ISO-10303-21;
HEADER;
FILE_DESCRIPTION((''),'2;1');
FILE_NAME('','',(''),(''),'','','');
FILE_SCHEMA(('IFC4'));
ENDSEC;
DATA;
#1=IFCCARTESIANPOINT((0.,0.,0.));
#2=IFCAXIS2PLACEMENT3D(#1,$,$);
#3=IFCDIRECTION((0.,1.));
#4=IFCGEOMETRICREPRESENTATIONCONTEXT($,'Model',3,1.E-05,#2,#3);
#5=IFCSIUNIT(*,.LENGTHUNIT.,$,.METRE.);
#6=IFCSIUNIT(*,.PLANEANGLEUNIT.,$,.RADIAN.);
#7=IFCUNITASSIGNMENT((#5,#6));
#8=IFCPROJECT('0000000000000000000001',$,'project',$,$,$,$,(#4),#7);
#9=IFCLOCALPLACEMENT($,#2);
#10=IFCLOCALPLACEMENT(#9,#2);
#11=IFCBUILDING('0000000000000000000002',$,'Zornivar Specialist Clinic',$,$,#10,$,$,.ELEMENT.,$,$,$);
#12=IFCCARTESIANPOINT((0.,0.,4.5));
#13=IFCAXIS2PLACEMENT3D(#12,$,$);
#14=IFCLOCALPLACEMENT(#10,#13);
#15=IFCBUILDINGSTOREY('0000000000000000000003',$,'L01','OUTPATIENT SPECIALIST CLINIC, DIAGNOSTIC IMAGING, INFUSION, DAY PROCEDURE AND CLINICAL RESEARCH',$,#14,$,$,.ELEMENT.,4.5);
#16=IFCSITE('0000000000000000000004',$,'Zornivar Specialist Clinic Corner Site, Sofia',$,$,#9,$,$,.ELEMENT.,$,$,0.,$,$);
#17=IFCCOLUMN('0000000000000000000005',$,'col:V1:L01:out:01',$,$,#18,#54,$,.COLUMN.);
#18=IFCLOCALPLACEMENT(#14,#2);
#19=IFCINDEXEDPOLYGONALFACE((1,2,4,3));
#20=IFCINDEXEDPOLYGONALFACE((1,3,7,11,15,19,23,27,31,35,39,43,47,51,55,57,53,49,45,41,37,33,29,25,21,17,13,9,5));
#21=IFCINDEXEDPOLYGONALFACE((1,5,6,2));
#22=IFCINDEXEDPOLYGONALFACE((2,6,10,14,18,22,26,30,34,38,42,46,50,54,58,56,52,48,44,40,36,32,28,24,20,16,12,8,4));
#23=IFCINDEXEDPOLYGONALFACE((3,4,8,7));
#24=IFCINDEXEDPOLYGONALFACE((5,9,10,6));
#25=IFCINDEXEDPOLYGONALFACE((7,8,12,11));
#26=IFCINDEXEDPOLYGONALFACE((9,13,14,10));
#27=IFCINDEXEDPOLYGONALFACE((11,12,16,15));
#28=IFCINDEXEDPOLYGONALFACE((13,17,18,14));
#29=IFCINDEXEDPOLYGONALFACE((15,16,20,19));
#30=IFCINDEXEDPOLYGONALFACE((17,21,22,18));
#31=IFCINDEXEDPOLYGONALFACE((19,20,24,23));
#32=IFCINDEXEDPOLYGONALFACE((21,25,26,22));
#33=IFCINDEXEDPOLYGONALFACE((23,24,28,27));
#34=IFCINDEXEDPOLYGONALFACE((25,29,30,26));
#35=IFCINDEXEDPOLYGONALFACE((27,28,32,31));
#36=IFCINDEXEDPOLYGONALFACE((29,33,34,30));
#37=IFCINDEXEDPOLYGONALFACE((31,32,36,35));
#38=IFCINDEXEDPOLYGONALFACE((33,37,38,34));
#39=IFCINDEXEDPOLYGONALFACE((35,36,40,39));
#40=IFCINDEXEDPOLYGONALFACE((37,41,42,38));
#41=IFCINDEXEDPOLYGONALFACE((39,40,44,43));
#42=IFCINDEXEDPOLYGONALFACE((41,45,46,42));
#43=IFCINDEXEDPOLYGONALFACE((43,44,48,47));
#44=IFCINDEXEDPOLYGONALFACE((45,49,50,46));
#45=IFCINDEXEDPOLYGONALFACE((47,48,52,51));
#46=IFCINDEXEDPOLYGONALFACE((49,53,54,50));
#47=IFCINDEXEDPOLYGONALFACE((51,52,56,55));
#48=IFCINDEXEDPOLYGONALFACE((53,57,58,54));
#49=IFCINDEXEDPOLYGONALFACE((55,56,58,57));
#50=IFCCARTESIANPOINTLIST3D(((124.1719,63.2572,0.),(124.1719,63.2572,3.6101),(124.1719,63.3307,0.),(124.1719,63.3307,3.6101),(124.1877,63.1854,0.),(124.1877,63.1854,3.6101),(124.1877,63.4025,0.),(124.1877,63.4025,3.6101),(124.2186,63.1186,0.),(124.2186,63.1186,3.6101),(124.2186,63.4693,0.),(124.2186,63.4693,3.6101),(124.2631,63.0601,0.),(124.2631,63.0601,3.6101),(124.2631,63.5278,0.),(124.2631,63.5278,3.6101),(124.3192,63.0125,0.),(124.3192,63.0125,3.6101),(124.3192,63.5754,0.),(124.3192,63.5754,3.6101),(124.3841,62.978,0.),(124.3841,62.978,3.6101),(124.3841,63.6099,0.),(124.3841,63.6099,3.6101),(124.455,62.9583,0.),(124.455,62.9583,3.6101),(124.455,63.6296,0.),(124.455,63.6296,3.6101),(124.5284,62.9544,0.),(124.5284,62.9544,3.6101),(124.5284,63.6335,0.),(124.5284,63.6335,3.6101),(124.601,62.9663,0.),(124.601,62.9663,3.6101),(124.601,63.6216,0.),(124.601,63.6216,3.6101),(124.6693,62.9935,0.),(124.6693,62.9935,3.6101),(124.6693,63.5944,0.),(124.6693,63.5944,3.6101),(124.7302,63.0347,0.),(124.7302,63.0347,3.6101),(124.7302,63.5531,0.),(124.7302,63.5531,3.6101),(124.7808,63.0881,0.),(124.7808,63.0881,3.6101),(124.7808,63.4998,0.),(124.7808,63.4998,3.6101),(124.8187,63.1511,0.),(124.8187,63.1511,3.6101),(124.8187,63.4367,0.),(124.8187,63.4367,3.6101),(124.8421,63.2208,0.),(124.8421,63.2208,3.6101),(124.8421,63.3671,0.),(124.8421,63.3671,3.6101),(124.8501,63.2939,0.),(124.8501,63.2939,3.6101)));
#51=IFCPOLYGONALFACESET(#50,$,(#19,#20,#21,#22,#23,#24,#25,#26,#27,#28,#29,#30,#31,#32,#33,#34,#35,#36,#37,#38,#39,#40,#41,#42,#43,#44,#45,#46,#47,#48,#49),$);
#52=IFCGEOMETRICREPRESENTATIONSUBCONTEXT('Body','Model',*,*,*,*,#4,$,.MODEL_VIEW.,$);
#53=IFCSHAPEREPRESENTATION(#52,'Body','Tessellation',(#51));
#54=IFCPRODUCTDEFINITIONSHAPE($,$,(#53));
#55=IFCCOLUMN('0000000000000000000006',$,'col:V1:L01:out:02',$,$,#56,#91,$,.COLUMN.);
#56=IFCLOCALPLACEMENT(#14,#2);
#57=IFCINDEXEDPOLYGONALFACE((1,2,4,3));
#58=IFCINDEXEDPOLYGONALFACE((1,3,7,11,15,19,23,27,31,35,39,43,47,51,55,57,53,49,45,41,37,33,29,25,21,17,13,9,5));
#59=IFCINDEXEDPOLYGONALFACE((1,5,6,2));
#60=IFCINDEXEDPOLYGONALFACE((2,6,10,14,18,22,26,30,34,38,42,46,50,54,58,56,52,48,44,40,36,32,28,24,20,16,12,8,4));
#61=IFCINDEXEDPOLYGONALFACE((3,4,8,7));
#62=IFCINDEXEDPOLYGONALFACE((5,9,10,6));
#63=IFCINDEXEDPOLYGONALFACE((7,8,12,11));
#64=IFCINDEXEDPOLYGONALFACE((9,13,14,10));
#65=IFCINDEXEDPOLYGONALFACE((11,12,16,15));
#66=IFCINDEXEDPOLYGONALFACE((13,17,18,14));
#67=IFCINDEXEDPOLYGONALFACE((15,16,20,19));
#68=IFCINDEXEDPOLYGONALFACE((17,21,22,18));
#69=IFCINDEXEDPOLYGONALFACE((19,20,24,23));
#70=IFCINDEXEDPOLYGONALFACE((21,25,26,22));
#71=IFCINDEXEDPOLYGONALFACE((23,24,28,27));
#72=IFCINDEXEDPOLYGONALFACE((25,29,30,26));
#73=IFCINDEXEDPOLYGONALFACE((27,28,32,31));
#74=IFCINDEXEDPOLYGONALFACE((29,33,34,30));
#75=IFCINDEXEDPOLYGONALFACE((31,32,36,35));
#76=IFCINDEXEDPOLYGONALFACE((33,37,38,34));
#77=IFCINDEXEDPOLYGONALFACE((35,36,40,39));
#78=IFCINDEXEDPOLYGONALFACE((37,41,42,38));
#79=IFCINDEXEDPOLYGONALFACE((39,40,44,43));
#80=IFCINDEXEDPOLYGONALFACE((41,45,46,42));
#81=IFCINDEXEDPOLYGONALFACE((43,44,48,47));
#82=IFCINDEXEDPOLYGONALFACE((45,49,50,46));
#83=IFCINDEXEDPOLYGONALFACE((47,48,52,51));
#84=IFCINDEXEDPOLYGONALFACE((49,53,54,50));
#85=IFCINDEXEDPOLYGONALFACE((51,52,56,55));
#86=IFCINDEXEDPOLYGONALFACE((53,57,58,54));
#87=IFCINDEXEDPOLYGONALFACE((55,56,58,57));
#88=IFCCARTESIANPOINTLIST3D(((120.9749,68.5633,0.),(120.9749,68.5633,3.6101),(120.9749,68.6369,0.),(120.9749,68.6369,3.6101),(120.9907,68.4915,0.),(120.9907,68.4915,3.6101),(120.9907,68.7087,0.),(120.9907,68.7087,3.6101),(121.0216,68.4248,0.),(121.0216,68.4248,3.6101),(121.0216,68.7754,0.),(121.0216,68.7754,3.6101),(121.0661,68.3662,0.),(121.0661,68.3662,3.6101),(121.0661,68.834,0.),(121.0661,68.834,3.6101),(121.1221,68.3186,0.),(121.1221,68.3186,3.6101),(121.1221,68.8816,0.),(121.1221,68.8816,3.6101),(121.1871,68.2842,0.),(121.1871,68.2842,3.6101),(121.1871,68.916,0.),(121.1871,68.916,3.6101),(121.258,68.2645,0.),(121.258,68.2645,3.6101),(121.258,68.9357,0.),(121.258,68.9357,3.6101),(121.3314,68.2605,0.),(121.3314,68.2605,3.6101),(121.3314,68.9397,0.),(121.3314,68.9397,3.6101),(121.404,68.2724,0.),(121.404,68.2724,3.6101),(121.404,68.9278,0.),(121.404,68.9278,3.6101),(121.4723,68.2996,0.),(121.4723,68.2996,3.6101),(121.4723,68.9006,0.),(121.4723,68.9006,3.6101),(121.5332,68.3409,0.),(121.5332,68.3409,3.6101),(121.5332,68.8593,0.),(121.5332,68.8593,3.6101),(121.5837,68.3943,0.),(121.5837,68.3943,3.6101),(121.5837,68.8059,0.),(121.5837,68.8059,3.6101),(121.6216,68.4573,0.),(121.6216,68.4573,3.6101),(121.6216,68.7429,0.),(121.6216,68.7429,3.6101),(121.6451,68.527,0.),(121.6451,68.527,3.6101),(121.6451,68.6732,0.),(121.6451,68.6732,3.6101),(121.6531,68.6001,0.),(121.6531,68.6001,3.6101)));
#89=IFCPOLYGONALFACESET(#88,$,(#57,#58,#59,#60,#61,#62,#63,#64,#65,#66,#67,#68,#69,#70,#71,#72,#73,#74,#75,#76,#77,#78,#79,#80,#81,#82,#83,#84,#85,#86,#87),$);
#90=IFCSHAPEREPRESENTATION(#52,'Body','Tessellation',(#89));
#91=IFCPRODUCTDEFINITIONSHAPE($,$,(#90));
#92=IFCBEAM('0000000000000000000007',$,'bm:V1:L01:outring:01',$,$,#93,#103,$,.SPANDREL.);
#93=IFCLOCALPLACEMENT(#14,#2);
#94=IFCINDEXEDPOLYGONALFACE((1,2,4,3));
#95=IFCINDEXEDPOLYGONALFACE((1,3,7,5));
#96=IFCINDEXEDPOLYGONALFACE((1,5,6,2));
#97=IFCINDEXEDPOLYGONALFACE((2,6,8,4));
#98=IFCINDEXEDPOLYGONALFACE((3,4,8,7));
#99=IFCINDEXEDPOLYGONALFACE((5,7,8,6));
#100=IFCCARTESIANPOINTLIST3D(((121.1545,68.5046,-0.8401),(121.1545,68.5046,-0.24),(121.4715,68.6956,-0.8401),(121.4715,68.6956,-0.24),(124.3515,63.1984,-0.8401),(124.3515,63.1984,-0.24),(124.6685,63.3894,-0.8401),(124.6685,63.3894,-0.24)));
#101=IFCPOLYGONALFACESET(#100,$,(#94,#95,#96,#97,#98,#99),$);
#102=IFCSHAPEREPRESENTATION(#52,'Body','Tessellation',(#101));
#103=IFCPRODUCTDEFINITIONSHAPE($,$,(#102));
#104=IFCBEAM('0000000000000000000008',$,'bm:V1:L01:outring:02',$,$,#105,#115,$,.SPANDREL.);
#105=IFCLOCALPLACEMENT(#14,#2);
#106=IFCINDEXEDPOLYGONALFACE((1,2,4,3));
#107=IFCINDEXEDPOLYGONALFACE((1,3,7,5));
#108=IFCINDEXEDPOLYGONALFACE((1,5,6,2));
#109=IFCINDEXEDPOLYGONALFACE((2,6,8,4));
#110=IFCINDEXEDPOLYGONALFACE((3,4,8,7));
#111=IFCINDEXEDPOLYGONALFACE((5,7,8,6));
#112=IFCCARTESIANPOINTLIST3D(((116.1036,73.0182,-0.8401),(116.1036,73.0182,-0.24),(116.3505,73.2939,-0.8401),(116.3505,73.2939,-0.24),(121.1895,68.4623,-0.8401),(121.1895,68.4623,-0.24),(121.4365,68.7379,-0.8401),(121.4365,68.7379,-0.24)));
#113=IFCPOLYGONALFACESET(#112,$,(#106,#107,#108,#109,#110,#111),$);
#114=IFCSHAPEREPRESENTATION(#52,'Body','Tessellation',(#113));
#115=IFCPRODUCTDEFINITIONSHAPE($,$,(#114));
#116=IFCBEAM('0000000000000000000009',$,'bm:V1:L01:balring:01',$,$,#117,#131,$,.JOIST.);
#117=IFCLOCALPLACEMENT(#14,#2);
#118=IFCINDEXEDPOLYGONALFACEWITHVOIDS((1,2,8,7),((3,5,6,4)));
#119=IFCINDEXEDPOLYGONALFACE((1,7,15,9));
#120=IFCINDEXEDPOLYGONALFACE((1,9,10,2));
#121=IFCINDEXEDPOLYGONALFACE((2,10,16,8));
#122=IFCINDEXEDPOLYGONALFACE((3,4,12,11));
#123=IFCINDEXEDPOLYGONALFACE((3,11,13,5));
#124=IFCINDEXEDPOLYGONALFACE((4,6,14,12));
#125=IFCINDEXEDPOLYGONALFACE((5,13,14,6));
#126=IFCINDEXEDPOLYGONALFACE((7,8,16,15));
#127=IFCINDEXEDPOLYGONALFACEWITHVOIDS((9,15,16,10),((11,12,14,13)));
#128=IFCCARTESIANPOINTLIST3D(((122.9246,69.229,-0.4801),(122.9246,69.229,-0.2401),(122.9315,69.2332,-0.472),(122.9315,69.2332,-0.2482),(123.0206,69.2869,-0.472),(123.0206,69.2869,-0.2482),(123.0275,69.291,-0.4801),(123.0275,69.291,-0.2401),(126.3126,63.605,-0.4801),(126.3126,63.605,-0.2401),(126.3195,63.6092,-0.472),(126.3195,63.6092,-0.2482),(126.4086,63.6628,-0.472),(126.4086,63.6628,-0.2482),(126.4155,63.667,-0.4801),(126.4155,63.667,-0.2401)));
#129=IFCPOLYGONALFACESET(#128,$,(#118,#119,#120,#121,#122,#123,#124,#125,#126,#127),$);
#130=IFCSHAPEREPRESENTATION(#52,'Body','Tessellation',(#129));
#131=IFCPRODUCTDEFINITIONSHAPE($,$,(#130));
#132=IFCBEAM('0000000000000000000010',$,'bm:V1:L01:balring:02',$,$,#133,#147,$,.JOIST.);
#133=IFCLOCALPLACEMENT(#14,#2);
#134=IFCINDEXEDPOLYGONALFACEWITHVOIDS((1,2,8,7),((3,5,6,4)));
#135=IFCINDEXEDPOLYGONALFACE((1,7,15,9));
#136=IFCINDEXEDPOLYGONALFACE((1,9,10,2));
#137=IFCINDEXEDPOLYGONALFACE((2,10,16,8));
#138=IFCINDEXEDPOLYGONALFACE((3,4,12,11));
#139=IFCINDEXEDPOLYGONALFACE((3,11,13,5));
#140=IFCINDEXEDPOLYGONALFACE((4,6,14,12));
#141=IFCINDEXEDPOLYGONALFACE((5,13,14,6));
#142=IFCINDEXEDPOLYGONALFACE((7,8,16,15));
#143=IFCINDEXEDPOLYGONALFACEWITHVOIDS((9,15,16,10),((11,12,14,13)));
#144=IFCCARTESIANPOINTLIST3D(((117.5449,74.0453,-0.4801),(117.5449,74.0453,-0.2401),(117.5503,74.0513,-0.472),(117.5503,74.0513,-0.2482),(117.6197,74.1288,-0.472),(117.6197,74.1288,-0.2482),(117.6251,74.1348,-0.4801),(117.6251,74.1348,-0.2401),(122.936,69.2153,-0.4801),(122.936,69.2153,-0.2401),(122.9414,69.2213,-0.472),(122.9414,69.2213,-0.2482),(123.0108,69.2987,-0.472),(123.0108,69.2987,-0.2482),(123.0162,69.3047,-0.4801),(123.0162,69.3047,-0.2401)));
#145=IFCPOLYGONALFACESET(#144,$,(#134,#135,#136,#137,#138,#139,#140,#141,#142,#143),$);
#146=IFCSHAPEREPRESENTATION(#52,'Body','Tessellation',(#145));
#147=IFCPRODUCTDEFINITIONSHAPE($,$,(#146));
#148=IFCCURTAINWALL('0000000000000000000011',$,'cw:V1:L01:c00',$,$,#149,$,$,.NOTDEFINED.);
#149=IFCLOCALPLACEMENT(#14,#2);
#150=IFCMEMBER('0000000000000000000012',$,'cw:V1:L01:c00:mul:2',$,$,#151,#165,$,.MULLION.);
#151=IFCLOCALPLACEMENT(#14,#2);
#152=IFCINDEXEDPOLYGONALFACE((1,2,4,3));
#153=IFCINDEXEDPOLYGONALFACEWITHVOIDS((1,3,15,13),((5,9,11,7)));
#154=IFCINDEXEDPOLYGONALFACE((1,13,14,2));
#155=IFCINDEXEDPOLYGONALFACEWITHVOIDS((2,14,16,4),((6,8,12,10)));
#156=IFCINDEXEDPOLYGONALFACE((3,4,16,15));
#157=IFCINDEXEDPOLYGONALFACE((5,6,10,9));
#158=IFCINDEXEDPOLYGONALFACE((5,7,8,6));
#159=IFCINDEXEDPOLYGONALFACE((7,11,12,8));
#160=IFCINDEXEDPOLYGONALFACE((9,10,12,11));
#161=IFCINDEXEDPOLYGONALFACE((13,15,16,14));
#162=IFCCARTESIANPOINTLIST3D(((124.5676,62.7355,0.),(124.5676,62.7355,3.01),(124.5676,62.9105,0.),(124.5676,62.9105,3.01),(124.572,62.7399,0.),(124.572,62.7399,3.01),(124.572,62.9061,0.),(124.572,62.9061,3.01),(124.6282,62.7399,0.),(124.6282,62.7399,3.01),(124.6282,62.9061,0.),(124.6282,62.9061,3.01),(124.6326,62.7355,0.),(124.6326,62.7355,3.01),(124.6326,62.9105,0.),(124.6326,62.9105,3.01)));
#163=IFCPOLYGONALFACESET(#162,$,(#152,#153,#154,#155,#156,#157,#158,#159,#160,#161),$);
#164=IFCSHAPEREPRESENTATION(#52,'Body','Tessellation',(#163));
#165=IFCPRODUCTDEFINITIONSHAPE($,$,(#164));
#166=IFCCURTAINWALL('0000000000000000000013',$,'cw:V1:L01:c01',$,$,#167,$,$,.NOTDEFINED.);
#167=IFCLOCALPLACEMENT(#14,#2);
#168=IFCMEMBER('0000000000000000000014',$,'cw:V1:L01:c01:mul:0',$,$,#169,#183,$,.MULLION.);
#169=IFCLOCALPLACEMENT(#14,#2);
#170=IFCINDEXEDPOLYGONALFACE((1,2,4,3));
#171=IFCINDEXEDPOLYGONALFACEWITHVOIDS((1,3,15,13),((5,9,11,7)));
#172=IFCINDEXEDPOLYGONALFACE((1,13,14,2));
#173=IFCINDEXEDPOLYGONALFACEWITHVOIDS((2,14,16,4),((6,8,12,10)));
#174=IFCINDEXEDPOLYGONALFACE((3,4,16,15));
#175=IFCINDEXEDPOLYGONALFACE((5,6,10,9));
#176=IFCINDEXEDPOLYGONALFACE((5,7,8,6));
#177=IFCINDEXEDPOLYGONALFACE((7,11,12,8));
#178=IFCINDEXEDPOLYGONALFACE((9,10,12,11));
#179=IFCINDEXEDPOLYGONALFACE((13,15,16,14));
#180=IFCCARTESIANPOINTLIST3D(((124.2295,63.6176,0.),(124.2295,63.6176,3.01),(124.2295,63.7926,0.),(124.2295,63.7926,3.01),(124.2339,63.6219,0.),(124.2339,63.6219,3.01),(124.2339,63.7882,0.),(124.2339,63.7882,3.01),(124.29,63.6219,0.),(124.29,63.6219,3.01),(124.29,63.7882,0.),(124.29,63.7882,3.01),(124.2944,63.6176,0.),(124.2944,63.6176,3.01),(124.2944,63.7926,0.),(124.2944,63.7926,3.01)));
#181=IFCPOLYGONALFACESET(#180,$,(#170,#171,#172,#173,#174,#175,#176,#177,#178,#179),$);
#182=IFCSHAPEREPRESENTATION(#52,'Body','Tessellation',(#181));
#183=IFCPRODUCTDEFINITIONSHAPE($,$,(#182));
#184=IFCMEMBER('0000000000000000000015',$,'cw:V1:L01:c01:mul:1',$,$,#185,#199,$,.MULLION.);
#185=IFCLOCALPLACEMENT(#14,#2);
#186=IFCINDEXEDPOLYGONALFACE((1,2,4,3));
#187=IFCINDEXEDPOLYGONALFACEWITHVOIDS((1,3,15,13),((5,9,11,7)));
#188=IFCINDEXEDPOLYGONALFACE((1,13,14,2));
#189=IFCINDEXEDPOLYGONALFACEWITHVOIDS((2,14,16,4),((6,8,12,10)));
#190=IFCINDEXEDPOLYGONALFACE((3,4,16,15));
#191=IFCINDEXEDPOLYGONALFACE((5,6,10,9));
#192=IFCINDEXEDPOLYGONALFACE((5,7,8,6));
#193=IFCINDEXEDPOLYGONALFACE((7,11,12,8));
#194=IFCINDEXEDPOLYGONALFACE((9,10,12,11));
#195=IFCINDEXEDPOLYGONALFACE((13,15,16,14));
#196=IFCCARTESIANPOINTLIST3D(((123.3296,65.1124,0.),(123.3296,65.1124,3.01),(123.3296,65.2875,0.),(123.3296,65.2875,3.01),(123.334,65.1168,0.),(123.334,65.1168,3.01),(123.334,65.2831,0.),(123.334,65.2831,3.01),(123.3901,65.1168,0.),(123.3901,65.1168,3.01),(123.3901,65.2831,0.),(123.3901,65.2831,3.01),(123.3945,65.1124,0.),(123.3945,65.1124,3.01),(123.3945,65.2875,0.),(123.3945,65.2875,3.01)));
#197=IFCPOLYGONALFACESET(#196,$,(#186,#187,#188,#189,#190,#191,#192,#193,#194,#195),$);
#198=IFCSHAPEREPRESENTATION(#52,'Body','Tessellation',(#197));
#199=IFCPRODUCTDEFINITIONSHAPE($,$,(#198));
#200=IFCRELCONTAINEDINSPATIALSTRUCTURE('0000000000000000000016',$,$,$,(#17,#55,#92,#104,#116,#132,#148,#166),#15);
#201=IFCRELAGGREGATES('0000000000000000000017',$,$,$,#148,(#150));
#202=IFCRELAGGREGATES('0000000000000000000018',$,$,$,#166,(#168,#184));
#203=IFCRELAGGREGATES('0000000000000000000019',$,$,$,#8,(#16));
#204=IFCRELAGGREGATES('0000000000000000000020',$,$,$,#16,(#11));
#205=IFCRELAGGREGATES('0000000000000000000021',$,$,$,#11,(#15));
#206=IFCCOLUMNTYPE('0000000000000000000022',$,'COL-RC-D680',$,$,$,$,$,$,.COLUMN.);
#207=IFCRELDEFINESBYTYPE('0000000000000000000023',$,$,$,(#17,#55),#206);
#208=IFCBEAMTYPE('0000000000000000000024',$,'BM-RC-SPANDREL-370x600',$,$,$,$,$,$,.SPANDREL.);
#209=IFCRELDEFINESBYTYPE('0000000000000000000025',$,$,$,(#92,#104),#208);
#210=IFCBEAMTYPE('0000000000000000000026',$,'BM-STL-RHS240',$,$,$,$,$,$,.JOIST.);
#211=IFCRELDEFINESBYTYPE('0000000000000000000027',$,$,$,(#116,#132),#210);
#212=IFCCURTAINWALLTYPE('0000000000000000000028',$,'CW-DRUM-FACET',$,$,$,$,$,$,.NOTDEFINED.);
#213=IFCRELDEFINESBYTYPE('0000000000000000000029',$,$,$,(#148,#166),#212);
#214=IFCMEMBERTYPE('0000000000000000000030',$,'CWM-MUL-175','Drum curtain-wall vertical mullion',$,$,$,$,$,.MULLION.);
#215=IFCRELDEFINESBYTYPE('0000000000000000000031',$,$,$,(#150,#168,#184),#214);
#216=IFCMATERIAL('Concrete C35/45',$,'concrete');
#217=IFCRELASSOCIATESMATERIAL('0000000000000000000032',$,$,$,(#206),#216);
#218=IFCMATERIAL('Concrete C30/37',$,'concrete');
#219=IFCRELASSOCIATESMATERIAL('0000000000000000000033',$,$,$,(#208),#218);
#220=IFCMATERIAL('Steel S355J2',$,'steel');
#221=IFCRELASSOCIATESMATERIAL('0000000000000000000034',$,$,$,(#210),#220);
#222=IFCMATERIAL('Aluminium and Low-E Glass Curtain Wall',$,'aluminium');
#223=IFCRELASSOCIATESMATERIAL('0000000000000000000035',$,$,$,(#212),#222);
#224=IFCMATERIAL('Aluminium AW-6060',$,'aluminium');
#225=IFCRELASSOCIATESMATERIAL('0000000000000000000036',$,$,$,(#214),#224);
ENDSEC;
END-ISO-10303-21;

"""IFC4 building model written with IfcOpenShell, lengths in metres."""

from ifc_helpers import new_model, si_unit, direction, frame, origin, origin_2d, place, context, subcontext, project, spatial, rectangle, hollow_rectangle, circle, extrude, material, material_profile, profile_set, type_object, element, aggregate, save


model = new_model("IFC4")

# Units and contexts
model_context = context("Model", 3, precision=1e-05, world=origin(), true_north=direction((0.0, 1.0)))
body_context = subcontext(model_context, "Body", "Model", "MODEL_VIEW")
ifc_project = project(units=[si_unit("LENGTHUNIT", "METRE"), si_unit("PLANEANGLEUNIT", "RADIAN")], contexts=[model_context])

# Site, building, storey
site_placement = place(None, origin())
site = spatial("IfcSite", under=ifc_project, at=site_placement, Name="Zornivar Specialist Clinic Corner Site, Sofia", CompositionType="ELEMENT", RefElevation=0.0)
building_placement = place(site_placement, origin())
building = spatial("IfcBuilding", under=site, at=building_placement, Name="Zornivar Specialist Clinic", CompositionType="ELEMENT")
storey_placement = place(building_placement, frame((0.0, 0.0, 4.5)))
storey = spatial("IfcBuildingStorey", under=building, at=storey_placement, Name="L01", Description="OUTPATIENT SPECIALIST CLINIC, DIAGNOSTIC IMAGING, INFUSION, DAY PROCEDURE AND CLINICAL RESEARCH", CompositionType="ELEMENT", Elevation=4.5)

# Columns
ifc_material_1 = material(Name="Concrete C35/45", Category="concrete")
ifc_material_profile_1 = material_profile(ifc_material_1, circle(Radius=0.3401, at=origin_2d()), Name="RC D680")
ifc_profile_set_1 = profile_set([ifc_material_profile_1], Name="Concrete C35/45")
column_type = type_object("IfcColumnType", Name="COL-RC-D680", PredefinedType="COLUMN", material=ifc_profile_set_1)
for number, where, z_axis, x_axis, name in (
    (1, (124.51, 63.2939, 0.0), (0.0, 0.0, 1.0), (1.0, 0.0, 0.0), "col:V1:L01:out:01"),
    (2, (121.313, 68.6001, 0.0), (0.0, 0.0, 1.0), (1.0, 0.0, 0.0), "col:V1:L01:out:02"),
):
    element("IfcColumn", number, at=place(storey_placement, frame(where, z_axis=z_axis, x_axis=x_axis)), inside=storey, type_object=column_type, Name=name, PredefinedType="COLUMN", context=body_context, shape_type="SweptSolid", body=[
        extrude(circle(Radius=0.3401, at=origin_2d()), origin(), (0.0, 0.0, 1.0), 3.6101),
    ])

# Beams
ifc_material_2 = material(Name="Concrete C30/37", Category="concrete")
ifc_material_profile_2 = material_profile(ifc_material_2, rectangle(XDim=0.3701, YDim=0.6001, at=origin_2d()), Name="RC 370x600")
ifc_profile_set_2 = profile_set([ifc_material_profile_2], Name="Concrete C30/37")
beam_type_1 = type_object("IfcBeamType", Name="BM-RC-SPANDREL-370x600", PredefinedType="SPANDREL", material=ifc_profile_set_2)
beam_1_placement = place(storey_placement, frame((124.51, 63.2939, -0.54), z_axis=(-0.516077, 0.856542, 0.0), x_axis=(-0.856542, -0.516077, 0.0)))
element("IfcBeam", 3, at=beam_1_placement, inside=storey, type_object=beam_type_1, Name="bm:V1:L01:outring:01", PredefinedType="SPANDREL", context=body_context, shape_type="SweptSolid", body=[
    extrude(rectangle(XDim=0.3701, YDim=0.6001, at=origin_2d()), origin(), (0.0, 0.0, 1.0), 6.1948),
])
beam_2_placement = place(storey_placement, frame((121.313, 68.6001, -0.54), z_axis=(-0.744853, 0.667228, 0.0), x_axis=(-0.667228, -0.744853, 0.0)))
element("IfcBeam", 4, at=beam_2_placement, inside=storey, type_object=beam_type_1, Name="bm:V1:L01:outring:02", PredefinedType="SPANDREL", context=body_context, shape_type="SweptSolid", body=[
    extrude(rectangle(XDim=0.3701, YDim=0.6001, at=origin_2d()), origin(), (0.0, 0.0, 1.0), 6.8281),
])
ifc_material_3 = material(Name="Steel S355J2", Category="steel")
ifc_material_profile_3 = material_profile(ifc_material_3, hollow_rectangle(XDim=0.1201, YDim=0.24, WallThickness=0.0081, at=origin_2d()), Name="RHS 240x120x8")
ifc_profile_set_3 = profile_set([ifc_material_profile_3], Name="Steel S355J2")
beam_type_2 = type_object("IfcBeamType", Name="BM-STL-RHS240", PredefinedType="JOIST", material=ifc_profile_set_3)
beam_3_placement = place(storey_placement, frame((126.364, 63.636, -0.3601), z_axis=(-0.51601, 0.856583, 0.0), x_axis=(-0.856583, -0.51601, 0.0)))
element("IfcBeam", 5, at=beam_3_placement, inside=storey, type_object=beam_type_2, Name="bm:V1:L01:balring:01", PredefinedType="JOIST", context=body_context, shape_type="SweptSolid", body=[
    extrude(hollow_rectangle(XDim=0.1201, YDim=0.24, WallThickness=0.0081, at=origin_2d()), origin(), (0.0, 0.0, 1.0), 6.5657),
])
beam_4_placement = place(storey_placement, frame((122.9761, 69.26, -0.3601), z_axis=(-0.744798, 0.66729, 0.0), x_axis=(-0.66729, -0.744798, 0.0)))
element("IfcBeam", 6, at=beam_4_placement, inside=storey, type_object=beam_type_2, Name="bm:V1:L01:balring:02", PredefinedType="JOIST", context=body_context, shape_type="SweptSolid", body=[
    extrude(hollow_rectangle(XDim=0.1201, YDim=0.24, WallThickness=0.0081, at=origin_2d()), origin(), (0.0, 0.0, 1.0), 7.2383),
])

# Curtain wall, member
ifc_material_4 = material(Name="Aluminium and Low-E Glass Curtain Wall", Category="aluminium")
curtain_wall_type = type_object("IfcCurtainWallType", Name="CW-DRUM-FACET", PredefinedType="NOTDEFINED", material=ifc_material_4)
curtain_wall_1_placement = place(storey_placement, origin())
curtain_wall_1 = element("IfcCurtainWall", 7, at=curtain_wall_1_placement, inside=storey, type_object=curtain_wall_type, Name="cw:V1:L01:c00", PredefinedType="NOTDEFINED")
ifc_material_5 = material(Name="Aluminium AW-6060", Category="aluminium")
ifc_material_profile_4 = material_profile(ifc_material_5, hollow_rectangle(XDim=0.0649, YDim=0.175, WallThickness=0.0044, at=origin_2d()), Name="ALU 65x175x4.5")
ifc_profile_set_4 = profile_set([ifc_material_profile_4], Name="Aluminium AW-6060")
member_type_1 = type_object("IfcMemberType", Name="CWM-MUL-175", Description="Drum curtain-wall vertical mullion", PredefinedType="MULLION", material=ifc_profile_set_4)
member_1_placement = place(storey_placement, frame((124.6001, 62.823, 0.0), z_axis=(0.0, 0.0, 1.0), x_axis=(1.0, 0.0, 0.0)))
member_1 = element("IfcMember", 8, at=member_1_placement, type_object=member_type_1, Name="cw:V1:L01:c00:mul:2", PredefinedType="MULLION", context=body_context, shape_type="SweptSolid", body=[
    extrude(hollow_rectangle(XDim=0.0649, YDim=0.175, WallThickness=0.0044, at=origin_2d()), origin(), (0.0, 0.0, 1.0), 3.01),
])

# Curtain wall, members
curtain_wall_2_placement = place(storey_placement, origin())
curtain_wall_2 = element("IfcCurtainWall", 9, at=curtain_wall_2_placement, inside=storey, type_object=curtain_wall_type, Name="cw:V1:L01:c01", PredefinedType="NOTDEFINED")
member_2_placement = place(storey_placement, frame((124.262, 63.7051, 0.0), z_axis=(0.0, 0.0, 1.0), x_axis=(1.0, 0.0, 0.0)))
member_2 = element("IfcMember", 10, at=member_2_placement, type_object=member_type_1, Name="cw:V1:L01:c01:mul:0", PredefinedType="MULLION", context=body_context, shape_type="SweptSolid", body=[
    extrude(hollow_rectangle(XDim=0.0649, YDim=0.175, WallThickness=0.0044, at=origin_2d()), origin(), (0.0, 0.0, 1.0), 3.01),
])
member_3_placement = place(storey_placement, frame((123.3621, 65.2, 0.0), z_axis=(0.0, 0.0, 1.0), x_axis=(1.0, 0.0, 0.0)))
member_3 = element("IfcMember", 11, at=member_3_placement, type_object=member_type_1, Name="cw:V1:L01:c01:mul:1", PredefinedType="MULLION", context=body_context, shape_type="SweptSolid", body=[
    extrude(hollow_rectangle(XDim=0.0649, YDim=0.175, WallThickness=0.0044, at=origin_2d()), origin(), (0.0, 0.0, 1.0), 3.01),
])

aggregate(curtain_wall_1, [member_1])
aggregate(curtain_wall_2, [member_2, member_3])

save(model, "model.ifc")
